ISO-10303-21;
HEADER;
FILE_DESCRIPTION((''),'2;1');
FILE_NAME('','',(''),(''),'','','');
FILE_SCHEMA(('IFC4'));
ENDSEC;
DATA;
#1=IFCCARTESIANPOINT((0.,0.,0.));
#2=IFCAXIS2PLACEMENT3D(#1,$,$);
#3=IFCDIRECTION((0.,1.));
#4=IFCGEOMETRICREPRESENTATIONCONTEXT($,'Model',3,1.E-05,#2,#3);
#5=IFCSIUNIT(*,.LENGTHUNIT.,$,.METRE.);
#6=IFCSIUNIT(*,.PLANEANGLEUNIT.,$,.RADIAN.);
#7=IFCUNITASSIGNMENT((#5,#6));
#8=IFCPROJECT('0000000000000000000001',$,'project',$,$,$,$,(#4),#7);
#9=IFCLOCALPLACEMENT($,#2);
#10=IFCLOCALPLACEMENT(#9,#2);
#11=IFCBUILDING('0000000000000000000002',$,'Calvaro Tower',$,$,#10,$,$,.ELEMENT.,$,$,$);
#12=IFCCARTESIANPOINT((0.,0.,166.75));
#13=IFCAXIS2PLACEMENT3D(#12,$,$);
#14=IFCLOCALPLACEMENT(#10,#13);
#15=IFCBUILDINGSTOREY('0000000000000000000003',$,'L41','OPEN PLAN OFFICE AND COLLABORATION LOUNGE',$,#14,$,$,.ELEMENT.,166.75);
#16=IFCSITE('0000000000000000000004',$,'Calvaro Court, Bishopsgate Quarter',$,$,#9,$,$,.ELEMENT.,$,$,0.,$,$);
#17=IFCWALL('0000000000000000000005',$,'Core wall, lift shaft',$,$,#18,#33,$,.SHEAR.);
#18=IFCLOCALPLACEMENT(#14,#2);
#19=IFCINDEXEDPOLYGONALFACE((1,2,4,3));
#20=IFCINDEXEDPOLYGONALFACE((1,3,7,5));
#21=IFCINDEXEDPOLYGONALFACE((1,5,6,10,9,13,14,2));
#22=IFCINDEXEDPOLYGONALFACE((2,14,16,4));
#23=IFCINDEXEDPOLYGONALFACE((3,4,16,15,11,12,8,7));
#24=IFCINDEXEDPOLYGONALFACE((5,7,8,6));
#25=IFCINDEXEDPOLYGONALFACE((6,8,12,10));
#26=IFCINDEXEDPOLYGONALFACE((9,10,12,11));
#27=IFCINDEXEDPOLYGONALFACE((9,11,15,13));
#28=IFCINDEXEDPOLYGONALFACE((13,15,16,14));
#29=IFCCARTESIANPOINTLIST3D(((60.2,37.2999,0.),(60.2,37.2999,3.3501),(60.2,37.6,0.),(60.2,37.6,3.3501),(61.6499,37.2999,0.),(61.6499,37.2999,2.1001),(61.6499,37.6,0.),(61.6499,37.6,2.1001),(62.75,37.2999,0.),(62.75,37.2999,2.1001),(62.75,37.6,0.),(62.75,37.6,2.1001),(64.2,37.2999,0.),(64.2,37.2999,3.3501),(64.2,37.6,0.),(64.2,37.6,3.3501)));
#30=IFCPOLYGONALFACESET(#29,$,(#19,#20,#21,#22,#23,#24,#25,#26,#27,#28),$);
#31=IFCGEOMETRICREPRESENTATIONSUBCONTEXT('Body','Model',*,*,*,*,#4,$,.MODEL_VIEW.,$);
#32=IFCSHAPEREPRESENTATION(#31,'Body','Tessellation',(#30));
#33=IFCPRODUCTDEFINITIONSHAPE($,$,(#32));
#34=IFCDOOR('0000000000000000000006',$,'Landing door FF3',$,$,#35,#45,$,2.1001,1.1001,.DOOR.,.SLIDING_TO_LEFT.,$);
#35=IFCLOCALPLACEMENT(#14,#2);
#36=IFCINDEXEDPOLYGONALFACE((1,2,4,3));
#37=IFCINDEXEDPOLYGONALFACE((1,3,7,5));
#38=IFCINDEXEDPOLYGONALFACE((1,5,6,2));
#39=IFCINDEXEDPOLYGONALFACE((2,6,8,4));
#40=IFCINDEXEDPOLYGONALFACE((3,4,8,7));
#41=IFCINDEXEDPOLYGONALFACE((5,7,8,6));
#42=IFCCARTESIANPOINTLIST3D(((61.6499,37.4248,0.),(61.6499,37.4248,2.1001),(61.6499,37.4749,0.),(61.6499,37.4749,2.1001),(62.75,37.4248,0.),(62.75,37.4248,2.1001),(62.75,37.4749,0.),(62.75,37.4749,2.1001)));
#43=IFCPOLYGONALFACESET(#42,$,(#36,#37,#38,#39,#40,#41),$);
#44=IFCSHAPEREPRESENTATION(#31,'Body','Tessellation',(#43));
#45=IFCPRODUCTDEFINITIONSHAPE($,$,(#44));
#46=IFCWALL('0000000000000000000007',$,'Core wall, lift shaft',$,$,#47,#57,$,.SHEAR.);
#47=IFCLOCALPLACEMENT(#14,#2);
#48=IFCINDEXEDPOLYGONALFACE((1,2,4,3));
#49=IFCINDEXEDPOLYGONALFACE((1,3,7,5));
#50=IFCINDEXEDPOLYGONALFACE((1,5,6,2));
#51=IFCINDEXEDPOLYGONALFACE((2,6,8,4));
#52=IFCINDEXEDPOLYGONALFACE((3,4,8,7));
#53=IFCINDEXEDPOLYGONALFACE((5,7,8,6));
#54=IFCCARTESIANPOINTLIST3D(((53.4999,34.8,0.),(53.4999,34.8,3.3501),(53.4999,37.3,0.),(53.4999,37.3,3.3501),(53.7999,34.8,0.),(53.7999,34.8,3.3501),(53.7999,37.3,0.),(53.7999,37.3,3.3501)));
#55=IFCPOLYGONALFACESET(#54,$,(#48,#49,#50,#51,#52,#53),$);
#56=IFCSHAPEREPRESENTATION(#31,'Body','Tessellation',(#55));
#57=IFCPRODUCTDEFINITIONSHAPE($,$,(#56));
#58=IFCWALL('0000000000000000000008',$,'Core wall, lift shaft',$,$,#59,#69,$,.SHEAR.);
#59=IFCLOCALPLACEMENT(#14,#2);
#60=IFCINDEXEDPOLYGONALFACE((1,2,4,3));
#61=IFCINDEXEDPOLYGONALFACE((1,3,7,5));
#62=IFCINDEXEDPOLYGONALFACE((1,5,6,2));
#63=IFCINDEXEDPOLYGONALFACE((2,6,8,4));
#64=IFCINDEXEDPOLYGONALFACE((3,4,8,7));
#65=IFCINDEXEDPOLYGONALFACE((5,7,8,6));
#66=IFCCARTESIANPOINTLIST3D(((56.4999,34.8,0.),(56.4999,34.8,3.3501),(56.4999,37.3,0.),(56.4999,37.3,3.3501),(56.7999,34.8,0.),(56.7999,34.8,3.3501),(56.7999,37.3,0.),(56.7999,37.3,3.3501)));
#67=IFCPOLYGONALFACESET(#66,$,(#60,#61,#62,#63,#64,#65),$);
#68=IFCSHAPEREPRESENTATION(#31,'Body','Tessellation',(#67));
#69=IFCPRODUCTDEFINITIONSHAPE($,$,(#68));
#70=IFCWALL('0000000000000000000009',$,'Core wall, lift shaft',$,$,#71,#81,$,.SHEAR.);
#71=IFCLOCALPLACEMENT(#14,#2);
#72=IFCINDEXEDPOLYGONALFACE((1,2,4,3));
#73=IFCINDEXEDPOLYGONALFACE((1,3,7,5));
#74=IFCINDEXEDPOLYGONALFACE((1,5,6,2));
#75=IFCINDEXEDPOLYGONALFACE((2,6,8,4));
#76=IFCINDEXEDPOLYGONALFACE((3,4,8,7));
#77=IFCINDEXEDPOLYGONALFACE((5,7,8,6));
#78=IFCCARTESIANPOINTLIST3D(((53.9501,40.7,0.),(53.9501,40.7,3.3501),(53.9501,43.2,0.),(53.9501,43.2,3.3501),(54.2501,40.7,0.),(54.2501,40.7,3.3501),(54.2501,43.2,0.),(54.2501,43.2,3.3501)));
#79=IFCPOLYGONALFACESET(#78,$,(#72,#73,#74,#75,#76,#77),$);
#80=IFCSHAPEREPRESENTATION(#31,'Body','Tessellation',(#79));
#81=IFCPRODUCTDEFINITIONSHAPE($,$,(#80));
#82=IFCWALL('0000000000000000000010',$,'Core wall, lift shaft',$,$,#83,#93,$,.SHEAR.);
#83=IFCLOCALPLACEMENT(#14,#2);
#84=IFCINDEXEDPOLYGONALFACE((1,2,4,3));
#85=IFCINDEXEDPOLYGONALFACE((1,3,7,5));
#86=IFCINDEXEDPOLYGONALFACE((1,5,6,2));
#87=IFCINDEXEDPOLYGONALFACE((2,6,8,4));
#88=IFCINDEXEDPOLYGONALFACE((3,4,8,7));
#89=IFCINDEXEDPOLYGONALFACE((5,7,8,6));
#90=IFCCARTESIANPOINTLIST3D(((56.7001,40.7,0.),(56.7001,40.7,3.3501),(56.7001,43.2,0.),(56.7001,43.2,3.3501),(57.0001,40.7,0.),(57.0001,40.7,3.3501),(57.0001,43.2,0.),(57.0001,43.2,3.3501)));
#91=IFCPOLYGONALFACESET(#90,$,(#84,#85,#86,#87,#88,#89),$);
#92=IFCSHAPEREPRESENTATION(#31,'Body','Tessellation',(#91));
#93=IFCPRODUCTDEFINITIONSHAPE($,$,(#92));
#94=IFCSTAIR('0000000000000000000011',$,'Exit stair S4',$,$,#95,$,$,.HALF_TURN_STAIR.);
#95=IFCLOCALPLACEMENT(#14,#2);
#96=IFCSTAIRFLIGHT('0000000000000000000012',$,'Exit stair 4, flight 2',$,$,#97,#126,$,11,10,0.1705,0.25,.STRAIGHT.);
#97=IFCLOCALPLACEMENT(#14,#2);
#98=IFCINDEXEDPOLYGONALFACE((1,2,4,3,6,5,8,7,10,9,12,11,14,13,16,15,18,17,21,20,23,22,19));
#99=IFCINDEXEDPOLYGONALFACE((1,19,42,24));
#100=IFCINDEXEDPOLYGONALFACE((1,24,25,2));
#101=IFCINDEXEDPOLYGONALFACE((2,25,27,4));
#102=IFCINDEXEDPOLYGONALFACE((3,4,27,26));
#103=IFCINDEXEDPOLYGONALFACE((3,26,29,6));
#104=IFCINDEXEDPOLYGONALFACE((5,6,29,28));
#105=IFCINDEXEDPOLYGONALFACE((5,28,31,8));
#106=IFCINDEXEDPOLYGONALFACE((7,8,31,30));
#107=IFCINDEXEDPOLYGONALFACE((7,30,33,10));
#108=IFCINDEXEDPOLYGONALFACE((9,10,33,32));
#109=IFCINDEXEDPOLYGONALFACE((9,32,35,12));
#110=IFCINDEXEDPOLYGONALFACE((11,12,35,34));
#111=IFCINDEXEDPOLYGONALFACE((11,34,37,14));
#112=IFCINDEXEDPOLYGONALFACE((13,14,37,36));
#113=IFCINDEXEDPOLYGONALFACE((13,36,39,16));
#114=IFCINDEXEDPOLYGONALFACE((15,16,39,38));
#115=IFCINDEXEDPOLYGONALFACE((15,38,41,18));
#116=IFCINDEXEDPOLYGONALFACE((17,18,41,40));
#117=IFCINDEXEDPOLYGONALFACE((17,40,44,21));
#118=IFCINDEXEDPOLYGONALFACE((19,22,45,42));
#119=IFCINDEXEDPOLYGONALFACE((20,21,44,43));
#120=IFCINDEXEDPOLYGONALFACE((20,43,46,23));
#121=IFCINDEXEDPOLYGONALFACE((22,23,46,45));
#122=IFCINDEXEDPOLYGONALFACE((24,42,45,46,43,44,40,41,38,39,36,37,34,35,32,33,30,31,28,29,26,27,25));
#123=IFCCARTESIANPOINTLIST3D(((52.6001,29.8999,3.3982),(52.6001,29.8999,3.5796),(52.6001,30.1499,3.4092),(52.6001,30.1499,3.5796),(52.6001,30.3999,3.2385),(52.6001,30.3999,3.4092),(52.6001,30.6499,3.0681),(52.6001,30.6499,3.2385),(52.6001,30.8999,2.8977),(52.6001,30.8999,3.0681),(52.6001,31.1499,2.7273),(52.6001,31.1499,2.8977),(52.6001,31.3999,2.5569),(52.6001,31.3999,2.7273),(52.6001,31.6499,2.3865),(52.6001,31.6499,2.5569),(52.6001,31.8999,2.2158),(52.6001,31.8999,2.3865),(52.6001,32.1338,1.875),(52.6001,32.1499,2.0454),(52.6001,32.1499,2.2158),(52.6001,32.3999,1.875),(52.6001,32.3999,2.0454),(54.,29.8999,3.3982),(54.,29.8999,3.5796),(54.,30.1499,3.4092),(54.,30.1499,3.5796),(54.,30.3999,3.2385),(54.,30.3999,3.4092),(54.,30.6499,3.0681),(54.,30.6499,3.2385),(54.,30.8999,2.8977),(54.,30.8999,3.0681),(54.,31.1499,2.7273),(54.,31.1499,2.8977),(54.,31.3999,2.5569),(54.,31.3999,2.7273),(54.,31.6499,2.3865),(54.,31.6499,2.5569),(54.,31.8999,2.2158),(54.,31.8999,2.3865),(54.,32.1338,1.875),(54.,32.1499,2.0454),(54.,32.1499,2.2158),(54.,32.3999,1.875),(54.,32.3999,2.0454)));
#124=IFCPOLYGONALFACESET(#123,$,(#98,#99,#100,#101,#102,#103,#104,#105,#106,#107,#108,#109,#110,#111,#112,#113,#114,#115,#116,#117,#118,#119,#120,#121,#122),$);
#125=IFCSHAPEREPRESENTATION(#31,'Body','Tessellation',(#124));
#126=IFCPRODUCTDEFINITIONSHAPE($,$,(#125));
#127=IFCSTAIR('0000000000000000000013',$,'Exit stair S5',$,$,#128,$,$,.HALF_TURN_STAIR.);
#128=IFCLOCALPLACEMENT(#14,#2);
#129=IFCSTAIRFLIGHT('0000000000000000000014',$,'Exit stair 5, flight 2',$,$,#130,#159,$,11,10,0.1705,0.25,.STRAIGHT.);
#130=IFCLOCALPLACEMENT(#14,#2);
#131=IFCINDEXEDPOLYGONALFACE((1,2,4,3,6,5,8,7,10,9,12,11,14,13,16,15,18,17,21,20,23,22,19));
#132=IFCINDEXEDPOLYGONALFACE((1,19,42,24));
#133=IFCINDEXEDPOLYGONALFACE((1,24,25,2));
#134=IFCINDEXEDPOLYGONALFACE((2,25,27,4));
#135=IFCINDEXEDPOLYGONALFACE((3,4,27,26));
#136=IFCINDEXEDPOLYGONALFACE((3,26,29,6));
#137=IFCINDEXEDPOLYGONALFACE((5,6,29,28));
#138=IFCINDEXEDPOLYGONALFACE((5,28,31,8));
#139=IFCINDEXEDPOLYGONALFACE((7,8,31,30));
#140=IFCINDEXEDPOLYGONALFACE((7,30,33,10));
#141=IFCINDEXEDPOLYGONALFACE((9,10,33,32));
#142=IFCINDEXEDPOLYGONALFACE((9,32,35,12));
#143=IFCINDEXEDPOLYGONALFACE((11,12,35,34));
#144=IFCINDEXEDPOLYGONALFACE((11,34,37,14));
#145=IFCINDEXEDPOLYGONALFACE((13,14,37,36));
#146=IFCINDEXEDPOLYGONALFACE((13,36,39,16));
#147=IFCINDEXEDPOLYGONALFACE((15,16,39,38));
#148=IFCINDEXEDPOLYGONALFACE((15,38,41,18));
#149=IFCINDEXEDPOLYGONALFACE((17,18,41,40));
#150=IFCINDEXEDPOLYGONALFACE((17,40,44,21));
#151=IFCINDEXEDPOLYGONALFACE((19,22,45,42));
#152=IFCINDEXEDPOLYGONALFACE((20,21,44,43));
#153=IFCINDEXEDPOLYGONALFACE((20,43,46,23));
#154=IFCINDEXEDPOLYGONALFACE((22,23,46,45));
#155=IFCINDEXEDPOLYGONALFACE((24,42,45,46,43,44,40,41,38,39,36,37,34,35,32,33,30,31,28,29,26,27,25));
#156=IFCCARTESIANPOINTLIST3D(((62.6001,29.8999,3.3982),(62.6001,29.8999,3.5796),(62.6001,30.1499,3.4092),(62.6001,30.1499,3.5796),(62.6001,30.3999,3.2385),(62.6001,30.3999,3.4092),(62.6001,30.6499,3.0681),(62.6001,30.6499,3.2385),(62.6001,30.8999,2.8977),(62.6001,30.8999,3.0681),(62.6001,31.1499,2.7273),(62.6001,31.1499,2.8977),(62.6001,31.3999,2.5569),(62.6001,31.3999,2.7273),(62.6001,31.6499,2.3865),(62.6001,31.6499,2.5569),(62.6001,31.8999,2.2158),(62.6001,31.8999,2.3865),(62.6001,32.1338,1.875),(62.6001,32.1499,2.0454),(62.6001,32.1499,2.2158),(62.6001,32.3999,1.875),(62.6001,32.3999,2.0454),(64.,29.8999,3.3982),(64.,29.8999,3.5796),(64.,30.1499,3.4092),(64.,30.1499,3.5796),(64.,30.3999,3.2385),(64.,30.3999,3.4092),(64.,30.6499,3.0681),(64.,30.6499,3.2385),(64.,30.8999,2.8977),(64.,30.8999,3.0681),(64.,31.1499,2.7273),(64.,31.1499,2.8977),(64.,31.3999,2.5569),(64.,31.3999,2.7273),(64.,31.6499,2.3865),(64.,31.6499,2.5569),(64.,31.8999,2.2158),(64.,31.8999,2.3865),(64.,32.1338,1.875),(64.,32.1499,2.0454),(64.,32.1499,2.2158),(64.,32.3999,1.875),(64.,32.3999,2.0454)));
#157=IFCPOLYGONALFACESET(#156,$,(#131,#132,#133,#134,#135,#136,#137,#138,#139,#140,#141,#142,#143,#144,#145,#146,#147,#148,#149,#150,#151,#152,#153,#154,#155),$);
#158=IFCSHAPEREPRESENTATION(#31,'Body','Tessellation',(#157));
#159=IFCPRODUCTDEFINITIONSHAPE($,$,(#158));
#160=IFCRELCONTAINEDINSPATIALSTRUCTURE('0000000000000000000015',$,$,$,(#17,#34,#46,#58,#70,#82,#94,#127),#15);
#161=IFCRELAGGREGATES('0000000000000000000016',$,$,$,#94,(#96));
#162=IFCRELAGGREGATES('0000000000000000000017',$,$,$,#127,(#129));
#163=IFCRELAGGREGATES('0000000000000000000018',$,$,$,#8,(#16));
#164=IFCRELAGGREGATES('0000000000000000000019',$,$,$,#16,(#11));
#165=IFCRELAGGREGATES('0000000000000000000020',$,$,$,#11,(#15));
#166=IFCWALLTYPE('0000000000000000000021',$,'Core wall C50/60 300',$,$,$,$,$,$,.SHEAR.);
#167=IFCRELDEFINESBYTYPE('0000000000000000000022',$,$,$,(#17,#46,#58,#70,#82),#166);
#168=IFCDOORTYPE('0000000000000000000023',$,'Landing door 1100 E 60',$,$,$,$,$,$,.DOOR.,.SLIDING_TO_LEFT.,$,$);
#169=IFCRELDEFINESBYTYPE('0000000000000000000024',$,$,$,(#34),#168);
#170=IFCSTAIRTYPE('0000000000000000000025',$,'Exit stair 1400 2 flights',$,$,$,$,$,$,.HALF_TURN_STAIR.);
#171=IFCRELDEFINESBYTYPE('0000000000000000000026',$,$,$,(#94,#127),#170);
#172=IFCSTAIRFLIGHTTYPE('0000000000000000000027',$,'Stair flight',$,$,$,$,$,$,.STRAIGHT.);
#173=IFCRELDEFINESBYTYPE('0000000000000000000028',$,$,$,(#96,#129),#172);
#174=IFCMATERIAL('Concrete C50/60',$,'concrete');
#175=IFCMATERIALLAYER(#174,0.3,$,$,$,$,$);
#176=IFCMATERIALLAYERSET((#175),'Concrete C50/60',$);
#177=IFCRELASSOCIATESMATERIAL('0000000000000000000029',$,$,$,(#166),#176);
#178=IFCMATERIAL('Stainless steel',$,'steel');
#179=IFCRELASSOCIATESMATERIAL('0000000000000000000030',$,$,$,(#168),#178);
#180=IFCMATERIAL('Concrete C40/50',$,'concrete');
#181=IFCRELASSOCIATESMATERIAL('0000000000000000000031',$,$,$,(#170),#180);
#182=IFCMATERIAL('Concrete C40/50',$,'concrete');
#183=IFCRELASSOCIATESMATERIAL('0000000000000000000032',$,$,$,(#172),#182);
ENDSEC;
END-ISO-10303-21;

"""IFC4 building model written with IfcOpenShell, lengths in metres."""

from ifc_helpers import new_model, si_unit, direction, frame, frame_2d, origin, place, context, subcontext, project, spatial, polyline, rectangle, outline, extrude, material, layer, layer_set, type_object, element, fill, aggregate, save


model = new_model("IFC4")

# Units and contexts
model_context = context("Model", 3, precision=1e-05, world=origin(), true_north=direction((0.0, 1.0)))
body_context = subcontext(model_context, "Body", "Model", "MODEL_VIEW")
ifc_project = project(units=[si_unit("LENGTHUNIT", "METRE"), si_unit("PLANEANGLEUNIT", "RADIAN")], contexts=[model_context])

# Site, building, storey
site_placement = place(None, origin())
site = spatial("IfcSite", under=ifc_project, at=site_placement, Name="Calvaro Court, Bishopsgate Quarter", CompositionType="ELEMENT", RefElevation=0.0)
building_placement = place(site_placement, origin())
building = spatial("IfcBuilding", under=site, at=building_placement, Name="Calvaro Tower", CompositionType="ELEMENT")
storey_placement = place(building_placement, frame((0.0, 0.0, 166.75)))
storey = spatial("IfcBuildingStorey", under=building, at=storey_placement, Name="L41", Description="OPEN PLAN OFFICE AND COLLABORATION LOUNGE", CompositionType="ELEMENT", Elevation=166.75)

# Shared definitions
ifc_material_1 = material(Name="Concrete C50/60", Category="concrete")
ifc_layer_1 = layer(ifc_material_1, 0.3)
ifc_layer_set_1 = layer_set([ifc_layer_1], Name="Concrete C50/60")
wall_type_1 = type_object("IfcWallType", Name="Core wall C50/60 300", PredefinedType="SHEAR", material=ifc_layer_set_1)

# Wall, opening, door
wall_1_placement = place(storey_placement, frame((60.2, 37.45, 0.0), z_axis=(0.0, 0.0, 1.0), x_axis=(1.0, 0.0, 0.0)))
wall_1 = element("IfcWall", 1, at=wall_1_placement, inside=storey, type_object=wall_type_1, Name="Core wall, lift shaft", PredefinedType="SHEAR", context=body_context, shape_type="SweptSolid", body=[
    extrude(rectangle(XDim=4.0, YDim=0.3, at=frame_2d((2.0, 0.0))), origin(), (0.0, 0.0, 1.0), 3.3501),
])
opening_1_placement = place(wall_1_placement, frame((1.45, 0.0, 0.0)))
opening_1 = element("IfcOpeningElement", 2, at=opening_1_placement, cuts=wall_1, PredefinedType="OPENING", context=body_context, shape_type="SweptSolid", body=[
    extrude(rectangle(XDim=1.1001, YDim=2.1001, at=frame_2d((0.55, 1.05))), frame((0.0, 0.1599, 0.0), z_axis=(0.0, -1.0, 0.0), x_axis=(1.0, 0.0, 0.0)), (0.0, 0.0, 1.0), 0.3201),
])
ifc_material_2 = material(Name="Stainless steel", Category="steel")
door_type_1 = type_object("IfcDoorType", Name="Landing door 1100 E 60", OperationType="SLIDING_TO_LEFT", PredefinedType="DOOR", material=ifc_material_2)
door_1_placement = place(opening_1_placement, origin())
door_1 = element("IfcDoor", 3, at=door_1_placement, inside=storey, type_object=door_type_1, Name="Landing door FF3", OperationType="SLIDING_TO_LEFT", OverallHeight=2.1001, OverallWidth=1.1001, PredefinedType="DOOR", context=body_context, shape_type="SweptSolid", body=[
    extrude(rectangle(XDim=1.1001, YDim=2.1001, at=frame_2d((0.55, 1.05))), frame((0.0, 0.0249, 0.0), z_axis=(0.0, -1.0, 0.0), x_axis=(1.0, 0.0, 0.0)), (0.0, 0.0, 1.0), 0.05),
])
fill(opening_1, door_1)

# Walls
for number, where, z_axis, x_axis, name in (
    (4, (53.6499, 34.8, 0.0), (0.0, 0.0, 1.0), (0.0, 1.0, 0.0), "Core wall, lift shaft"),
    (5, (56.6499, 34.8, 0.0), (0.0, 0.0, 1.0), (0.0, 1.0, 0.0), "Core wall, lift shaft"),
    (6, (54.1001, 40.7, 0.0), (0.0, 0.0, 1.0), (0.0, 1.0, 0.0), "Core wall, lift shaft"),
    (7, (56.8501, 40.7, 0.0), (0.0, 0.0, 1.0), (0.0, 1.0, 0.0), "Core wall, lift shaft"),
):
    element("IfcWall", number, at=place(storey_placement, frame(where, z_axis=z_axis, x_axis=x_axis)), inside=storey, type_object=wall_type_1, Name=name, PredefinedType="SHEAR", context=body_context, shape_type="SweptSolid", body=[
        extrude(rectangle(XDim=2.5, YDim=0.3, at=frame_2d((1.25, 0.0))), origin(), (0.0, 0.0, 1.0), 3.3501),
    ])

# Stairs, stair flights
ifc_material_3 = material(Name="Concrete C40/50", Category="concrete")
stair_type = type_object("IfcStairType", Name="Exit stair 1400 2 flights", PredefinedType="HALF_TURN_STAIR", material=ifc_material_3)
stair_1_placement = place(storey_placement, origin())
stair_1 = element("IfcStair", 8, at=stair_1_placement, inside=storey, type_object=stair_type, Name="Exit stair S4", PredefinedType="HALF_TURN_STAIR")
ifc_material_4 = material(Name="Concrete C40/50", Category="concrete")
stair_flight_type = type_object("IfcStairFlightType", Name="Stair flight", PredefinedType="STRAIGHT", material=ifc_material_4)
stair_flight_1_placement = place(storey_placement, frame((53.3, 32.3999, 1.875), z_axis=(0.0, 0.0, 1.0), x_axis=(0.0, -1.0, 0.0)))
stair_flight_1 = element("IfcStairFlight", 9, at=stair_flight_1_placement, type_object=stair_flight_type, Name="Exit stair 4, flight 2", NumberOfRisers=11, NumberOfTreads=10, PredefinedType="STRAIGHT", RiserHeight=0.1705, TreadLength=0.25, context=body_context, shape_type="SweptSolid", body=[
    extrude(outline(polyline([(0.0, 0.0), (0.0, 0.1704), (0.25, 0.1704), (0.25, 0.3408), (0.5, 0.3408), (0.5, 0.5115), (0.75, 0.5115), (0.75, 0.6819), (1.0, 0.6819), (1.0, 0.8523), (1.25, 0.8523), (1.25, 1.0227), (1.5, 1.0227), (1.5, 1.1931), (1.75, 1.1931), (1.75, 1.3635), (2.0, 1.3635), (2.0, 1.5342), (2.25, 1.5342), (2.25, 1.7046), (2.5, 1.7046), (2.5, 1.875), (2.5, 1.5232), (0.2661, 0.0), (0.0, 0.0)])), frame((0.0, 0.7, 0.0), z_axis=(0.0, -1.0, 0.0), x_axis=(1.0, 0.0, 0.0)), (0.0, 0.0, 1.0), 1.3999),
])
stair_2_placement = place(storey_placement, origin())
stair_2 = element("IfcStair", 10, at=stair_2_placement, inside=storey, type_object=stair_type, Name="Exit stair S5", PredefinedType="HALF_TURN_STAIR")
stair_flight_2_placement = place(storey_placement, frame((63.3, 32.3999, 1.875), z_axis=(0.0, 0.0, 1.0), x_axis=(0.0, -1.0, 0.0)))
stair_flight_2 = element("IfcStairFlight", 11, at=stair_flight_2_placement, type_object=stair_flight_type, Name="Exit stair 5, flight 2", NumberOfRisers=11, NumberOfTreads=10, PredefinedType="STRAIGHT", RiserHeight=0.1705, TreadLength=0.25, context=body_context, shape_type="SweptSolid", body=[
    extrude(outline(polyline([(0.0, 0.0), (0.0, 0.1704), (0.25, 0.1704), (0.25, 0.3408), (0.5, 0.3408), (0.5, 0.5115), (0.75, 0.5115), (0.75, 0.6819), (1.0, 0.6819), (1.0, 0.8523), (1.25, 0.8523), (1.25, 1.0227), (1.5, 1.0227), (1.5, 1.1931), (1.75, 1.1931), (1.75, 1.3635), (2.0, 1.3635), (2.0, 1.5342), (2.25, 1.5342), (2.25, 1.7046), (2.5, 1.7046), (2.5, 1.875), (2.5, 1.5232), (0.2661, 0.0), (0.0, 0.0)])), frame((0.0, 0.7, 0.0), z_axis=(0.0, -1.0, 0.0), x_axis=(1.0, 0.0, 0.0)), (0.0, 0.0, 1.0), 1.3999),
])

aggregate(stair_1, [stair_flight_1])
aggregate(stair_2, [stair_flight_2])

save(model, "model.ifc")
